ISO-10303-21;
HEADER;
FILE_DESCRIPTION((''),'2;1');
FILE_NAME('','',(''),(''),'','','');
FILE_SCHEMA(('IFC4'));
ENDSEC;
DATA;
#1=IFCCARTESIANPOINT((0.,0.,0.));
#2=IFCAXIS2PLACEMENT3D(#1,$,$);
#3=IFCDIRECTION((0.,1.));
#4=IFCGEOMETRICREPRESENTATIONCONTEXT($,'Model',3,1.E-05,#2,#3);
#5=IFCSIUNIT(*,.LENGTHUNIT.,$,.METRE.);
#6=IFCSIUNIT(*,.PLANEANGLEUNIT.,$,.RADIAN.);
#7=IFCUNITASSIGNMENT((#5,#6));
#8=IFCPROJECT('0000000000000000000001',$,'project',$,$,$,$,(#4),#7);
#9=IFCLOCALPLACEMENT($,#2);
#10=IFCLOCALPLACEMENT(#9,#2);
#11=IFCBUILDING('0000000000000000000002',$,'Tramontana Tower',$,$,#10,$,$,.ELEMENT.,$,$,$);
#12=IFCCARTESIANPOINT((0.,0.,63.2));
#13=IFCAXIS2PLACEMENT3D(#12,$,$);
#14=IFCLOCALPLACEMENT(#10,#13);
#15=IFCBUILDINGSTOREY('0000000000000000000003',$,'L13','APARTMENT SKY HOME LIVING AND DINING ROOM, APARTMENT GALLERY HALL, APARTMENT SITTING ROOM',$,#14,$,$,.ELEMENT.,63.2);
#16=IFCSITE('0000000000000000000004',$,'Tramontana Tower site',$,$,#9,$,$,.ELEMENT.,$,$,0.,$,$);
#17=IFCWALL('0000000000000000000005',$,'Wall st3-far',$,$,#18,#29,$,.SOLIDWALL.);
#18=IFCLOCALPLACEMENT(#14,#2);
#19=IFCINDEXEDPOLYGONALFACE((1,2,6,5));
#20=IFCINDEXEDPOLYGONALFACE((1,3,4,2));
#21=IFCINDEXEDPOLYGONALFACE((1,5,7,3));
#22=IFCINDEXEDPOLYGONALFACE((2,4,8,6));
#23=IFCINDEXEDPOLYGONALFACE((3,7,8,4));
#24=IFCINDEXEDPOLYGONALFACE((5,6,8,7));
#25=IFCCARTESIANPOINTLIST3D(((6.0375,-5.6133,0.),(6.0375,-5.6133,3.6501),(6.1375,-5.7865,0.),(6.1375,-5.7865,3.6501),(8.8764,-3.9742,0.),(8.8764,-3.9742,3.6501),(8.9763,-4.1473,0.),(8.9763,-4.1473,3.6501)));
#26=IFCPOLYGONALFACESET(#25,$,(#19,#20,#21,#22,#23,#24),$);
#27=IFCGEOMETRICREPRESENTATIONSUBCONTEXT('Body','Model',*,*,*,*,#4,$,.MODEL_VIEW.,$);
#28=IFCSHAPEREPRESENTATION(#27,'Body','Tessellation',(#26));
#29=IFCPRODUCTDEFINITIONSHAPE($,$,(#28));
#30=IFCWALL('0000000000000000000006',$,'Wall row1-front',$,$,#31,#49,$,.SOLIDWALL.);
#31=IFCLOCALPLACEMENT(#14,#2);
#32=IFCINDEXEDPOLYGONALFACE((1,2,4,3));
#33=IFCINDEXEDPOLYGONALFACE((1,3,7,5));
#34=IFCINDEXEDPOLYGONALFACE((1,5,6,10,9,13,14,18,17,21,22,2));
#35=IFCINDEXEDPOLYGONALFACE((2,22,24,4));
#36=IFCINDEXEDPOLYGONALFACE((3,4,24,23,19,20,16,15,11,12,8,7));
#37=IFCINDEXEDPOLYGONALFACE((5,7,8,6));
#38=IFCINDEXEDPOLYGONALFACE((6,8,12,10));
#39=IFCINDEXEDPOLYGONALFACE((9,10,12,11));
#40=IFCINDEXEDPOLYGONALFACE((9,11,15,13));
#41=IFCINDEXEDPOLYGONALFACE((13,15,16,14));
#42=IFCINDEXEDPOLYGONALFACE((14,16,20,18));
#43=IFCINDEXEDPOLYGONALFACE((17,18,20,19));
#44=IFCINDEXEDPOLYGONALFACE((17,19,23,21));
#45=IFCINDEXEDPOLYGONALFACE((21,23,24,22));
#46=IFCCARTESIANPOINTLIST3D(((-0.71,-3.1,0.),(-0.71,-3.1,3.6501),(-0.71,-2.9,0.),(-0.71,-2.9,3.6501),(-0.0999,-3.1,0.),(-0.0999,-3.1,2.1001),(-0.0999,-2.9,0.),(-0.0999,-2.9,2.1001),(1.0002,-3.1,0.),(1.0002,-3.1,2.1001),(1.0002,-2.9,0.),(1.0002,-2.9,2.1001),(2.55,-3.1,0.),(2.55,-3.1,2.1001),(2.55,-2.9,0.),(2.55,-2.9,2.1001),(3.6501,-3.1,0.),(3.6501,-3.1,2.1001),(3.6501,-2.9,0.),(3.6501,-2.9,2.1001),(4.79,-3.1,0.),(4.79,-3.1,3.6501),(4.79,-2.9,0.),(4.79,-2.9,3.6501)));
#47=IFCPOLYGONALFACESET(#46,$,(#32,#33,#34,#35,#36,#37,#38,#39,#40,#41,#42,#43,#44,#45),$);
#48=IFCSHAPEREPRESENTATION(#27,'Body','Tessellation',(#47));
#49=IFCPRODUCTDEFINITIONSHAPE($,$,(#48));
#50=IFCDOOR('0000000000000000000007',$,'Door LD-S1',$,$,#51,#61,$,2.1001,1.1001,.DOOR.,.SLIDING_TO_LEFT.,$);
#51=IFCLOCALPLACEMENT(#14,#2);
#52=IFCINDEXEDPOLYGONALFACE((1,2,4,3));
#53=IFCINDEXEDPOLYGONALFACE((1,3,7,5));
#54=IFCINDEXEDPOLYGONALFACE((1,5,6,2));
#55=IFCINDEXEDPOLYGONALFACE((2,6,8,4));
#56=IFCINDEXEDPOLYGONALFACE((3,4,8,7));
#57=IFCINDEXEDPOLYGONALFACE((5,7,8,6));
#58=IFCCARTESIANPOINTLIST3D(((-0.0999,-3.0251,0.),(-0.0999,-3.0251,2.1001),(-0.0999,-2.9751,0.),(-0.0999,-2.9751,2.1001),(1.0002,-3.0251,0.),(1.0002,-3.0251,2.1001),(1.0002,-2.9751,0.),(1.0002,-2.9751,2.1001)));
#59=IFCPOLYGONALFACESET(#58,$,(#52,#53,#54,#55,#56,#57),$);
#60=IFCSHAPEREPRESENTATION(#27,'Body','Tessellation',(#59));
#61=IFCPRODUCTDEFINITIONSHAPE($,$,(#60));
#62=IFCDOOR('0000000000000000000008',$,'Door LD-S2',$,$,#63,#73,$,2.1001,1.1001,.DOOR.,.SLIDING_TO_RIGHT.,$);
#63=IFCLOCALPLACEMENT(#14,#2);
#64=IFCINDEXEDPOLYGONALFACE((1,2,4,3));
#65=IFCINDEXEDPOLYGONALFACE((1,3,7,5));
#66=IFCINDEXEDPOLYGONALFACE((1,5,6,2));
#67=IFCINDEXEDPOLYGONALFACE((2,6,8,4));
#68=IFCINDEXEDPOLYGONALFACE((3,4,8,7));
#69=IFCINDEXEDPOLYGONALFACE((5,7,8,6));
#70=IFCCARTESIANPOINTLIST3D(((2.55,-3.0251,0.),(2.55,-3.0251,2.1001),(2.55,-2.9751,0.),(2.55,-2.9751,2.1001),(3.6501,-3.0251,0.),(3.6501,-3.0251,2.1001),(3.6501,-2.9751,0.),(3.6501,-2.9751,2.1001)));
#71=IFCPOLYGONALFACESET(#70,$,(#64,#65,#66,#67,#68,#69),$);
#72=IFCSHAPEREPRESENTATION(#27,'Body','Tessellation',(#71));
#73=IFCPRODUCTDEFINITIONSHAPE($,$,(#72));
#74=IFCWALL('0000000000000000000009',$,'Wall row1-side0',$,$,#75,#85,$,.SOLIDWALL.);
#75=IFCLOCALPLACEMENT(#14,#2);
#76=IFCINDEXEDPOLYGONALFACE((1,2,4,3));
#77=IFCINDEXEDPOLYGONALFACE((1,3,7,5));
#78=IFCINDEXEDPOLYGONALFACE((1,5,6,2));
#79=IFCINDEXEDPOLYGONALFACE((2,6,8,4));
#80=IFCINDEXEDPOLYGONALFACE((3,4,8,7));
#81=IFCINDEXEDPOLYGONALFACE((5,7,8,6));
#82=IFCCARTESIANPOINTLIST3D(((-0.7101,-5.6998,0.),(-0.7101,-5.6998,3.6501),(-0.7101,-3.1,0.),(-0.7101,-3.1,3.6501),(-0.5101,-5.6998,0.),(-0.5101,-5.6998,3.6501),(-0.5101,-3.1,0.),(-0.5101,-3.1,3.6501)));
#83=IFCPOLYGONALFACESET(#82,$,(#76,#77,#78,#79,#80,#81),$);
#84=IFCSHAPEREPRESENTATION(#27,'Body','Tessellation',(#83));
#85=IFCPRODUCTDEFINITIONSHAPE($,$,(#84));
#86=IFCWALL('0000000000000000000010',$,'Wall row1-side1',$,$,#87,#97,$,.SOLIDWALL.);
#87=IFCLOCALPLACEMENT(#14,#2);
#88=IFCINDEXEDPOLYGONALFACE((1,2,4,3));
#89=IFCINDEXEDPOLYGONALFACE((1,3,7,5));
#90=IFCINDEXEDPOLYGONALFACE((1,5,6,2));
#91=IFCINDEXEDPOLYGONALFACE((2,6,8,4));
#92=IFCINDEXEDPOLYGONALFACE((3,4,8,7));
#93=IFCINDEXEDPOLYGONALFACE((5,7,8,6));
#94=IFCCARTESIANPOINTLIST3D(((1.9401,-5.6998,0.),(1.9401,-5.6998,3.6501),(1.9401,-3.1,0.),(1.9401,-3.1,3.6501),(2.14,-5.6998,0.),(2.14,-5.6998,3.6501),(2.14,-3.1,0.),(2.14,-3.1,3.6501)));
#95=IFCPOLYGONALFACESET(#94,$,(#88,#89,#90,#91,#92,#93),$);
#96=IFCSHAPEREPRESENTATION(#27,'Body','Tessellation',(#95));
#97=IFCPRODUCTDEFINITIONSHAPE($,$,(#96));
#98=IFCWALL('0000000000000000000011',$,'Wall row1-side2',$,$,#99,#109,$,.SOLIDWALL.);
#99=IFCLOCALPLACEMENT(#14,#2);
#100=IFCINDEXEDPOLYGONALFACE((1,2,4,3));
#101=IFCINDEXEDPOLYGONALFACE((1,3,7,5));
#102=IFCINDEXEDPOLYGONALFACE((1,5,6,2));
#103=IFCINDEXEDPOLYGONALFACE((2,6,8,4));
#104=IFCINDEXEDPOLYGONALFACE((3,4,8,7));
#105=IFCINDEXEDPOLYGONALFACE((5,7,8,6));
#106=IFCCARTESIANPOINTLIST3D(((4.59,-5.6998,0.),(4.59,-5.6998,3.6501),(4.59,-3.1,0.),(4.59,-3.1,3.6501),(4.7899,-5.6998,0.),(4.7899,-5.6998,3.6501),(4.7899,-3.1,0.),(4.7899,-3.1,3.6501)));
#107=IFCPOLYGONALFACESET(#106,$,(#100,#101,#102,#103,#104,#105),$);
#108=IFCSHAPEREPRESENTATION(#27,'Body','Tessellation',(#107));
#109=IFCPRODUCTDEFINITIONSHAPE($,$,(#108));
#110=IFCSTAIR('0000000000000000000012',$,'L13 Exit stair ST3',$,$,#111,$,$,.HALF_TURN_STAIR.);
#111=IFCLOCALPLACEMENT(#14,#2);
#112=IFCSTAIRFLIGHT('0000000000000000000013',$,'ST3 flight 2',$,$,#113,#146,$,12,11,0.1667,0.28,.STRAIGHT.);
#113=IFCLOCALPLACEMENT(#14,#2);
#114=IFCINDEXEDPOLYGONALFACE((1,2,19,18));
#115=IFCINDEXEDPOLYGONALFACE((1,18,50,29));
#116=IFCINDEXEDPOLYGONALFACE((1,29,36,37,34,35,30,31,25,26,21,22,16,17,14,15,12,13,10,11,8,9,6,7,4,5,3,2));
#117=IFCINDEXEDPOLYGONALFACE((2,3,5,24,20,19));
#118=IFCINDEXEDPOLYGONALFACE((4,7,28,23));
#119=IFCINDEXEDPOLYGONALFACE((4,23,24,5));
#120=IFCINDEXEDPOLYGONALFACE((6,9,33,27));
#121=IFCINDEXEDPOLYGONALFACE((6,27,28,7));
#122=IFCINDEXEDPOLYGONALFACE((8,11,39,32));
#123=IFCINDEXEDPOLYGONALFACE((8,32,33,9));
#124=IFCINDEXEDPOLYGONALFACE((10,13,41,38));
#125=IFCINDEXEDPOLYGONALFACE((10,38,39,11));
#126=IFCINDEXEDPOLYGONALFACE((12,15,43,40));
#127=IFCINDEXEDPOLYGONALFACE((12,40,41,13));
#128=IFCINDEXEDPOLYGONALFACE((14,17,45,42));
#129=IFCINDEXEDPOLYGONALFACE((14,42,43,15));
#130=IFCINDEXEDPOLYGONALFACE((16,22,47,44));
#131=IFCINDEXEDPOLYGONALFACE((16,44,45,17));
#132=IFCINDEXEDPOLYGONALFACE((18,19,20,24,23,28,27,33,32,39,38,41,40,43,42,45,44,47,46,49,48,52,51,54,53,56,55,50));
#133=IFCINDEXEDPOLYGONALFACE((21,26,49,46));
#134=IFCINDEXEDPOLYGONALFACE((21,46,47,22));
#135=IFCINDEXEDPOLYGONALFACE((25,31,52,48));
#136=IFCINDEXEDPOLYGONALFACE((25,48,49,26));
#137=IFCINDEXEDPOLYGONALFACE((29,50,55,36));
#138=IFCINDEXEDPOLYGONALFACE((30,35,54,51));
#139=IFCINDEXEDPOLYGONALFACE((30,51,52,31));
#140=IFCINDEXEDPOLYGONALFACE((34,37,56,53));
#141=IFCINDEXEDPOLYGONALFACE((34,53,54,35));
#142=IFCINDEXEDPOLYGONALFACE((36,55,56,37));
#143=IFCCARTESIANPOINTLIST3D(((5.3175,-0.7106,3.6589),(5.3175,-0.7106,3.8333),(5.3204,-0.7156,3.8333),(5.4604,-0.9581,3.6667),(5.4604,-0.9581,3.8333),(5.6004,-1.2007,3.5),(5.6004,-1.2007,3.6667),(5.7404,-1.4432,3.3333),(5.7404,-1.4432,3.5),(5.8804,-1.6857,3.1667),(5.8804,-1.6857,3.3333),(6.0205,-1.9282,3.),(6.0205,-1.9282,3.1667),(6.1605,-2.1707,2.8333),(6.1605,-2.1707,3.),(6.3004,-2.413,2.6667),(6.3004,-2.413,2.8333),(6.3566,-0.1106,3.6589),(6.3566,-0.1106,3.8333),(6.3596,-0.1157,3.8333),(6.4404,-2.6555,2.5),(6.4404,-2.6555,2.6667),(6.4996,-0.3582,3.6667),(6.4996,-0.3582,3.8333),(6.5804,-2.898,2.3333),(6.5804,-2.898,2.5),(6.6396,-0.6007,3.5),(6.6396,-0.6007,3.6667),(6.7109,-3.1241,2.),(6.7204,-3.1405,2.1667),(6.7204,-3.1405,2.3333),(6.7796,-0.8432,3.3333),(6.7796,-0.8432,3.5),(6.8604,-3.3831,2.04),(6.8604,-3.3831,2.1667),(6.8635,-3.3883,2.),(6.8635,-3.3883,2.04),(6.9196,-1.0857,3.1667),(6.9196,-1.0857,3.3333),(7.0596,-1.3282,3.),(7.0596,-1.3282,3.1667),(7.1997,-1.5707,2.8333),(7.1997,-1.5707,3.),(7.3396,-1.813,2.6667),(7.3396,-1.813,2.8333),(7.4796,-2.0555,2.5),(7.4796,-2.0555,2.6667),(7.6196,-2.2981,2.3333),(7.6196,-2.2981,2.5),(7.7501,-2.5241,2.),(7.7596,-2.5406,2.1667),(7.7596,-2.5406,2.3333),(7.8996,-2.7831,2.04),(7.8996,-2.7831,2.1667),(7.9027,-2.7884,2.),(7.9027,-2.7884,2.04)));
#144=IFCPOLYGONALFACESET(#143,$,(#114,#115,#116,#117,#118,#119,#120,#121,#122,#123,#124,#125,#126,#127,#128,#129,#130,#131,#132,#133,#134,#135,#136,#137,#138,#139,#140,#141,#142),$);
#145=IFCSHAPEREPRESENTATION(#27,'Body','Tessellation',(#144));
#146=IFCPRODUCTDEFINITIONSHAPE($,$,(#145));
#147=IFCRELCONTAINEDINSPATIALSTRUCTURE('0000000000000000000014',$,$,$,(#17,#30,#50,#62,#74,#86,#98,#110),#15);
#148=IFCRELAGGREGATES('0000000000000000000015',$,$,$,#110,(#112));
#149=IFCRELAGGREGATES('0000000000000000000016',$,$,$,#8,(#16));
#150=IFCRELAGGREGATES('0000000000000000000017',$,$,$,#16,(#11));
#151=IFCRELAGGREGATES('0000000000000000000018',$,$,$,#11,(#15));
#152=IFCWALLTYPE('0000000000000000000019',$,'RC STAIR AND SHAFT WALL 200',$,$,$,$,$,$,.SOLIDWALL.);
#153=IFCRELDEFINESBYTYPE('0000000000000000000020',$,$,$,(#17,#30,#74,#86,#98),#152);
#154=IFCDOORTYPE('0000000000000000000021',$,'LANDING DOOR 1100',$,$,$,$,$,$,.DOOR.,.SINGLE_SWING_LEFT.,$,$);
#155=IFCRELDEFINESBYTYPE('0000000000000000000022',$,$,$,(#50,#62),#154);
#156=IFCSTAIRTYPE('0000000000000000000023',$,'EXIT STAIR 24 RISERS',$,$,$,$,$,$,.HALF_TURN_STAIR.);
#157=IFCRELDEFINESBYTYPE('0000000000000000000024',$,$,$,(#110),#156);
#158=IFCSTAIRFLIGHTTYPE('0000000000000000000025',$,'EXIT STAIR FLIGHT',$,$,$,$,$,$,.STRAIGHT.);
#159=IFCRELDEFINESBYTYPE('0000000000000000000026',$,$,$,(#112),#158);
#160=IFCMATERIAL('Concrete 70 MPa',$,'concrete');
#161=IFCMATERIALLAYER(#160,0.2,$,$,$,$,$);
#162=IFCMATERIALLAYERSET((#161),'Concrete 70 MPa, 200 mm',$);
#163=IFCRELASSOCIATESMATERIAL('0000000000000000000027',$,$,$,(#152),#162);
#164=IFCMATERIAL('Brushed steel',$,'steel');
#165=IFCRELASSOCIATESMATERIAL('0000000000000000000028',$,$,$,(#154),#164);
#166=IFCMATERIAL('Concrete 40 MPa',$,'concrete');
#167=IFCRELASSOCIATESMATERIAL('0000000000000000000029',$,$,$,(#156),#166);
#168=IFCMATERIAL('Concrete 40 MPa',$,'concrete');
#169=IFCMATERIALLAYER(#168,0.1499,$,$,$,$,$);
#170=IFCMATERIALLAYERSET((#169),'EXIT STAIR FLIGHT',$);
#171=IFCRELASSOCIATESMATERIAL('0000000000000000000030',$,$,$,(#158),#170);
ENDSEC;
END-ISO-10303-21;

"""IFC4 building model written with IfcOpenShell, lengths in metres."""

from ifc_helpers import new_model, si_unit, direction, frame, frame_2d, origin, place, context, subcontext, project, spatial, polyline, rectangle, outline, extrude, material, layer, layer_set, type_object, element, fill, aggregate, save


model = new_model("IFC4")

# Units and contexts
model_context = context("Model", 3, precision=1e-05, world=origin(), true_north=direction((0.0, 1.0)))
body_context = subcontext(model_context, "Body", "Model", "MODEL_VIEW")
ifc_project = project(units=[si_unit("LENGTHUNIT", "METRE"), si_unit("PLANEANGLEUNIT", "RADIAN")], contexts=[model_context])

# Site, building, storey
site_placement = place(None, origin())
site = spatial("IfcSite", under=ifc_project, at=site_placement, Name="Tramontana Tower site", CompositionType="ELEMENT", RefElevation=0.0)
building_placement = place(site_placement, origin())
building = spatial("IfcBuilding", under=site, at=building_placement, Name="Tramontana Tower", CompositionType="ELEMENT")
storey_placement = place(building_placement, frame((0.0, 0.0, 63.2)))
storey = spatial("IfcBuildingStorey", under=building, at=storey_placement, Name="L13", Description="APARTMENT SKY HOME LIVING AND DINING ROOM, APARTMENT GALLERY HALL, APARTMENT SITTING ROOM", CompositionType="ELEMENT", Elevation=63.2)

# Wall
ifc_material_1 = material(Name="Concrete 70 MPa", Category="concrete")
ifc_layer_1 = layer(ifc_material_1, 0.2)
ifc_layer_set_1 = layer_set([ifc_layer_1], Name="Concrete 70 MPa, 200 mm")
wall_type_1 = type_object("IfcWallType", Name="RC STAIR AND SHAFT WALL 200", PredefinedType="SOLIDWALL", material=ifc_layer_set_1)
wall_1_placement = place(storey_placement, frame((6.0874, -5.7, 0.0), z_axis=(0.0, 0.0, 1.0), x_axis=(0.866007, 0.500032, 0.0)))
element("IfcWall", 1, at=wall_1_placement, inside=storey, type_object=wall_type_1, Name="Wall st3-far", PredefinedType="SOLIDWALL", context=body_context, shape_type="SweptSolid", body=[
    extrude(rectangle(XDim=3.2781, YDim=0.2, at=frame_2d((1.6392, 0.0))), origin(), (0.0, 0.0, 1.0), 3.6501),
])

# Wall, openings, doors
wall_2_placement = place(storey_placement, frame((-0.71, -3.0, 0.0), z_axis=(0.0, 0.0, 1.0), x_axis=(1.0, 0.0, 0.0)))
wall_2 = element("IfcWall", 2, at=wall_2_placement, inside=storey, type_object=wall_type_1, Name="Wall row1-front", PredefinedType="SOLIDWALL", context=body_context, shape_type="SweptSolid", body=[
    extrude(rectangle(XDim=5.5, YDim=0.2, at=frame_2d((2.75, 0.0))), origin(), (0.0, 0.0, 1.0), 3.6501),
])
opening_1_placement = place(wall_2_placement, frame((0.6101, 0.0, 0.0)))
opening_1 = element("IfcOpeningElement", 3, at=opening_1_placement, cuts=wall_2, PredefinedType="OPENING", context=body_context, shape_type="SweptSolid", body=[
    extrude(rectangle(XDim=1.1001, YDim=2.1001, at=frame_2d((0.55, 1.05))), frame((0.0, 0.1099, 0.0), z_axis=(0.0, -1.0, 0.0), x_axis=(1.0, 0.0, 0.0)), (0.0, 0.0, 1.0), 0.22),
])
opening_2_placement = place(wall_2_placement, frame((3.26, 0.0, 0.0)))
opening_2 = element("IfcOpeningElement", 4, at=opening_2_placement, cuts=wall_2, PredefinedType="OPENING", context=body_context, shape_type="SweptSolid", body=[
    extrude(rectangle(XDim=1.1001, YDim=2.1001, at=frame_2d((0.55, 1.05))), frame((0.0, 0.1099, 0.0), z_axis=(0.0, -1.0, 0.0), x_axis=(1.0, 0.0, 0.0)), (0.0, 0.0, 1.0), 0.22),
])
ifc_material_2 = material(Name="Brushed steel", Category="steel")
door_type_1 = type_object("IfcDoorType", Name="LANDING DOOR 1100", OperationType="SINGLE_SWING_LEFT", PredefinedType="DOOR", material=ifc_material_2)
door_1_placement = place(opening_1_placement, origin())
door_1 = element("IfcDoor", 5, at=door_1_placement, inside=storey, type_object=door_type_1, Name="Door LD-S1", OperationType="SLIDING_TO_LEFT", OverallHeight=2.1001, OverallWidth=1.1001, PredefinedType="DOOR", context=body_context, shape_type="SweptSolid", body=[
    extrude(rectangle(XDim=1.1001, YDim=2.1001, at=frame_2d((0.55, 1.05))), frame((0.0, 0.0249, 0.0), z_axis=(0.0, -1.0, 0.0), x_axis=(1.0, 0.0, 0.0)), (0.0, 0.0, 1.0), 0.05),
])
fill(opening_1, door_1)
door_2_placement = place(opening_2_placement, origin())
door_2 = element("IfcDoor", 6, at=door_2_placement, inside=storey, type_object=door_type_1, Name="Door LD-S2", OperationType="SLIDING_TO_RIGHT", OverallHeight=2.1001, OverallWidth=1.1001, PredefinedType="DOOR", context=body_context, shape_type="SweptSolid", body=[
    extrude(rectangle(XDim=1.1001, YDim=2.1001, at=frame_2d((0.55, 1.05))), frame((0.0, 0.0249, 0.0), z_axis=(0.0, -1.0, 0.0), x_axis=(1.0, 0.0, 0.0)), (0.0, 0.0, 1.0), 0.05),
])
fill(opening_2, door_2)

# Walls
for number, where, z_axis, x_axis, name in (
    (7, (-0.6101, -3.1001, 0.0), (0.0, 0.0, 1.0), (0.0, -1.0, 0.0), "Wall row1-side0"),
    (8, (2.04, -3.1001, 0.0), (0.0, 0.0, 1.0), (0.0, -1.0, 0.0), "Wall row1-side1"),
    (9, (4.6899, -3.1001, 0.0), (0.0, 0.0, 1.0), (0.0, -1.0, 0.0), "Wall row1-side2"),
):
    element("IfcWall", number, at=place(storey_placement, frame(where, z_axis=z_axis, x_axis=x_axis)), inside=storey, type_object=wall_type_1, Name=name, PredefinedType="SOLIDWALL", context=body_context, shape_type="SweptSolid", body=[
        extrude(rectangle(XDim=2.5999, YDim=0.2, at=frame_2d((1.2998, 0.0))), origin(), (0.0, 0.0, 1.0), 3.6501),
    ])

# Stair, stair flight
ifc_material_3 = material(Name="Concrete 40 MPa", Category="concrete")
stair_type = type_object("IfcStairType", Name="EXIT STAIR 24 RISERS", PredefinedType="HALF_TURN_STAIR", material=ifc_material_3)
stair_placement = place(storey_placement, origin())
stair = element("IfcStair", 10, at=stair_placement, inside=storey, type_object=stair_type, Name="L13 Exit stair ST3", PredefinedType="HALF_TURN_STAIR")
ifc_material_4 = material(Name="Concrete 40 MPa", Category="concrete")
ifc_layer_2 = layer(ifc_material_4, 0.1499)
ifc_layer_set_2 = layer_set([ifc_layer_2], Name="EXIT STAIR FLIGHT")
stair_flight_type = type_object("IfcStairFlightType", Name="EXIT STAIR FLIGHT", PredefinedType="STRAIGHT", material=ifc_layer_set_2)
stair_flight_placement = place(storey_placement, frame((7.3801, -3.083, 2.0), z_axis=(0.0, 0.0, 1.0), x_axis=(-0.5, 0.866025, 0.0)))
stair_flight = element("IfcStairFlight", 11, at=stair_flight_placement, type_object=stair_flight_type, Name="ST3 flight 2", NumberOfRisers=12, NumberOfTreads=11, PredefinedType="STRAIGHT", RiserHeight=0.1667, TreadLength=0.28, context=body_context, shape_type="SweptSolid", body=[
    extrude(outline(polyline([(-0.0061, 0.0), (-0.0061, 0.04), (0.0, 0.04), (0.0, 0.1667), (0.28, 0.1667), (0.28, 0.3333), (0.5601, 0.3333), (0.5601, 0.5), (0.8401, 0.5), (0.8401, 0.6667), (1.1201, 0.6667), (1.1201, 0.8333), (1.3999, 0.8333), (1.3999, 1.0), (1.6799, 1.0), (1.6799, 1.1667), (1.96, 1.1667), (1.96, 1.3333), (2.24, 1.3333), (2.24, 1.5), (2.52, 1.5), (2.52, 1.6667), (2.8, 1.6667), (2.8, 1.8333), (3.0801, 1.8333), (3.0859, 1.8333), (3.0859, 1.6589), (0.2991, 0.0), (-0.0061, 0.0)])), frame((0.0, 0.6001, 0.0), z_axis=(0.0, -1.0, 0.0), x_axis=(1.0, 0.0, 0.0)), (0.0, 0.0, 1.0), 1.2),
])
aggregate(stair, [stair_flight])

save(model, "model.ifc")
